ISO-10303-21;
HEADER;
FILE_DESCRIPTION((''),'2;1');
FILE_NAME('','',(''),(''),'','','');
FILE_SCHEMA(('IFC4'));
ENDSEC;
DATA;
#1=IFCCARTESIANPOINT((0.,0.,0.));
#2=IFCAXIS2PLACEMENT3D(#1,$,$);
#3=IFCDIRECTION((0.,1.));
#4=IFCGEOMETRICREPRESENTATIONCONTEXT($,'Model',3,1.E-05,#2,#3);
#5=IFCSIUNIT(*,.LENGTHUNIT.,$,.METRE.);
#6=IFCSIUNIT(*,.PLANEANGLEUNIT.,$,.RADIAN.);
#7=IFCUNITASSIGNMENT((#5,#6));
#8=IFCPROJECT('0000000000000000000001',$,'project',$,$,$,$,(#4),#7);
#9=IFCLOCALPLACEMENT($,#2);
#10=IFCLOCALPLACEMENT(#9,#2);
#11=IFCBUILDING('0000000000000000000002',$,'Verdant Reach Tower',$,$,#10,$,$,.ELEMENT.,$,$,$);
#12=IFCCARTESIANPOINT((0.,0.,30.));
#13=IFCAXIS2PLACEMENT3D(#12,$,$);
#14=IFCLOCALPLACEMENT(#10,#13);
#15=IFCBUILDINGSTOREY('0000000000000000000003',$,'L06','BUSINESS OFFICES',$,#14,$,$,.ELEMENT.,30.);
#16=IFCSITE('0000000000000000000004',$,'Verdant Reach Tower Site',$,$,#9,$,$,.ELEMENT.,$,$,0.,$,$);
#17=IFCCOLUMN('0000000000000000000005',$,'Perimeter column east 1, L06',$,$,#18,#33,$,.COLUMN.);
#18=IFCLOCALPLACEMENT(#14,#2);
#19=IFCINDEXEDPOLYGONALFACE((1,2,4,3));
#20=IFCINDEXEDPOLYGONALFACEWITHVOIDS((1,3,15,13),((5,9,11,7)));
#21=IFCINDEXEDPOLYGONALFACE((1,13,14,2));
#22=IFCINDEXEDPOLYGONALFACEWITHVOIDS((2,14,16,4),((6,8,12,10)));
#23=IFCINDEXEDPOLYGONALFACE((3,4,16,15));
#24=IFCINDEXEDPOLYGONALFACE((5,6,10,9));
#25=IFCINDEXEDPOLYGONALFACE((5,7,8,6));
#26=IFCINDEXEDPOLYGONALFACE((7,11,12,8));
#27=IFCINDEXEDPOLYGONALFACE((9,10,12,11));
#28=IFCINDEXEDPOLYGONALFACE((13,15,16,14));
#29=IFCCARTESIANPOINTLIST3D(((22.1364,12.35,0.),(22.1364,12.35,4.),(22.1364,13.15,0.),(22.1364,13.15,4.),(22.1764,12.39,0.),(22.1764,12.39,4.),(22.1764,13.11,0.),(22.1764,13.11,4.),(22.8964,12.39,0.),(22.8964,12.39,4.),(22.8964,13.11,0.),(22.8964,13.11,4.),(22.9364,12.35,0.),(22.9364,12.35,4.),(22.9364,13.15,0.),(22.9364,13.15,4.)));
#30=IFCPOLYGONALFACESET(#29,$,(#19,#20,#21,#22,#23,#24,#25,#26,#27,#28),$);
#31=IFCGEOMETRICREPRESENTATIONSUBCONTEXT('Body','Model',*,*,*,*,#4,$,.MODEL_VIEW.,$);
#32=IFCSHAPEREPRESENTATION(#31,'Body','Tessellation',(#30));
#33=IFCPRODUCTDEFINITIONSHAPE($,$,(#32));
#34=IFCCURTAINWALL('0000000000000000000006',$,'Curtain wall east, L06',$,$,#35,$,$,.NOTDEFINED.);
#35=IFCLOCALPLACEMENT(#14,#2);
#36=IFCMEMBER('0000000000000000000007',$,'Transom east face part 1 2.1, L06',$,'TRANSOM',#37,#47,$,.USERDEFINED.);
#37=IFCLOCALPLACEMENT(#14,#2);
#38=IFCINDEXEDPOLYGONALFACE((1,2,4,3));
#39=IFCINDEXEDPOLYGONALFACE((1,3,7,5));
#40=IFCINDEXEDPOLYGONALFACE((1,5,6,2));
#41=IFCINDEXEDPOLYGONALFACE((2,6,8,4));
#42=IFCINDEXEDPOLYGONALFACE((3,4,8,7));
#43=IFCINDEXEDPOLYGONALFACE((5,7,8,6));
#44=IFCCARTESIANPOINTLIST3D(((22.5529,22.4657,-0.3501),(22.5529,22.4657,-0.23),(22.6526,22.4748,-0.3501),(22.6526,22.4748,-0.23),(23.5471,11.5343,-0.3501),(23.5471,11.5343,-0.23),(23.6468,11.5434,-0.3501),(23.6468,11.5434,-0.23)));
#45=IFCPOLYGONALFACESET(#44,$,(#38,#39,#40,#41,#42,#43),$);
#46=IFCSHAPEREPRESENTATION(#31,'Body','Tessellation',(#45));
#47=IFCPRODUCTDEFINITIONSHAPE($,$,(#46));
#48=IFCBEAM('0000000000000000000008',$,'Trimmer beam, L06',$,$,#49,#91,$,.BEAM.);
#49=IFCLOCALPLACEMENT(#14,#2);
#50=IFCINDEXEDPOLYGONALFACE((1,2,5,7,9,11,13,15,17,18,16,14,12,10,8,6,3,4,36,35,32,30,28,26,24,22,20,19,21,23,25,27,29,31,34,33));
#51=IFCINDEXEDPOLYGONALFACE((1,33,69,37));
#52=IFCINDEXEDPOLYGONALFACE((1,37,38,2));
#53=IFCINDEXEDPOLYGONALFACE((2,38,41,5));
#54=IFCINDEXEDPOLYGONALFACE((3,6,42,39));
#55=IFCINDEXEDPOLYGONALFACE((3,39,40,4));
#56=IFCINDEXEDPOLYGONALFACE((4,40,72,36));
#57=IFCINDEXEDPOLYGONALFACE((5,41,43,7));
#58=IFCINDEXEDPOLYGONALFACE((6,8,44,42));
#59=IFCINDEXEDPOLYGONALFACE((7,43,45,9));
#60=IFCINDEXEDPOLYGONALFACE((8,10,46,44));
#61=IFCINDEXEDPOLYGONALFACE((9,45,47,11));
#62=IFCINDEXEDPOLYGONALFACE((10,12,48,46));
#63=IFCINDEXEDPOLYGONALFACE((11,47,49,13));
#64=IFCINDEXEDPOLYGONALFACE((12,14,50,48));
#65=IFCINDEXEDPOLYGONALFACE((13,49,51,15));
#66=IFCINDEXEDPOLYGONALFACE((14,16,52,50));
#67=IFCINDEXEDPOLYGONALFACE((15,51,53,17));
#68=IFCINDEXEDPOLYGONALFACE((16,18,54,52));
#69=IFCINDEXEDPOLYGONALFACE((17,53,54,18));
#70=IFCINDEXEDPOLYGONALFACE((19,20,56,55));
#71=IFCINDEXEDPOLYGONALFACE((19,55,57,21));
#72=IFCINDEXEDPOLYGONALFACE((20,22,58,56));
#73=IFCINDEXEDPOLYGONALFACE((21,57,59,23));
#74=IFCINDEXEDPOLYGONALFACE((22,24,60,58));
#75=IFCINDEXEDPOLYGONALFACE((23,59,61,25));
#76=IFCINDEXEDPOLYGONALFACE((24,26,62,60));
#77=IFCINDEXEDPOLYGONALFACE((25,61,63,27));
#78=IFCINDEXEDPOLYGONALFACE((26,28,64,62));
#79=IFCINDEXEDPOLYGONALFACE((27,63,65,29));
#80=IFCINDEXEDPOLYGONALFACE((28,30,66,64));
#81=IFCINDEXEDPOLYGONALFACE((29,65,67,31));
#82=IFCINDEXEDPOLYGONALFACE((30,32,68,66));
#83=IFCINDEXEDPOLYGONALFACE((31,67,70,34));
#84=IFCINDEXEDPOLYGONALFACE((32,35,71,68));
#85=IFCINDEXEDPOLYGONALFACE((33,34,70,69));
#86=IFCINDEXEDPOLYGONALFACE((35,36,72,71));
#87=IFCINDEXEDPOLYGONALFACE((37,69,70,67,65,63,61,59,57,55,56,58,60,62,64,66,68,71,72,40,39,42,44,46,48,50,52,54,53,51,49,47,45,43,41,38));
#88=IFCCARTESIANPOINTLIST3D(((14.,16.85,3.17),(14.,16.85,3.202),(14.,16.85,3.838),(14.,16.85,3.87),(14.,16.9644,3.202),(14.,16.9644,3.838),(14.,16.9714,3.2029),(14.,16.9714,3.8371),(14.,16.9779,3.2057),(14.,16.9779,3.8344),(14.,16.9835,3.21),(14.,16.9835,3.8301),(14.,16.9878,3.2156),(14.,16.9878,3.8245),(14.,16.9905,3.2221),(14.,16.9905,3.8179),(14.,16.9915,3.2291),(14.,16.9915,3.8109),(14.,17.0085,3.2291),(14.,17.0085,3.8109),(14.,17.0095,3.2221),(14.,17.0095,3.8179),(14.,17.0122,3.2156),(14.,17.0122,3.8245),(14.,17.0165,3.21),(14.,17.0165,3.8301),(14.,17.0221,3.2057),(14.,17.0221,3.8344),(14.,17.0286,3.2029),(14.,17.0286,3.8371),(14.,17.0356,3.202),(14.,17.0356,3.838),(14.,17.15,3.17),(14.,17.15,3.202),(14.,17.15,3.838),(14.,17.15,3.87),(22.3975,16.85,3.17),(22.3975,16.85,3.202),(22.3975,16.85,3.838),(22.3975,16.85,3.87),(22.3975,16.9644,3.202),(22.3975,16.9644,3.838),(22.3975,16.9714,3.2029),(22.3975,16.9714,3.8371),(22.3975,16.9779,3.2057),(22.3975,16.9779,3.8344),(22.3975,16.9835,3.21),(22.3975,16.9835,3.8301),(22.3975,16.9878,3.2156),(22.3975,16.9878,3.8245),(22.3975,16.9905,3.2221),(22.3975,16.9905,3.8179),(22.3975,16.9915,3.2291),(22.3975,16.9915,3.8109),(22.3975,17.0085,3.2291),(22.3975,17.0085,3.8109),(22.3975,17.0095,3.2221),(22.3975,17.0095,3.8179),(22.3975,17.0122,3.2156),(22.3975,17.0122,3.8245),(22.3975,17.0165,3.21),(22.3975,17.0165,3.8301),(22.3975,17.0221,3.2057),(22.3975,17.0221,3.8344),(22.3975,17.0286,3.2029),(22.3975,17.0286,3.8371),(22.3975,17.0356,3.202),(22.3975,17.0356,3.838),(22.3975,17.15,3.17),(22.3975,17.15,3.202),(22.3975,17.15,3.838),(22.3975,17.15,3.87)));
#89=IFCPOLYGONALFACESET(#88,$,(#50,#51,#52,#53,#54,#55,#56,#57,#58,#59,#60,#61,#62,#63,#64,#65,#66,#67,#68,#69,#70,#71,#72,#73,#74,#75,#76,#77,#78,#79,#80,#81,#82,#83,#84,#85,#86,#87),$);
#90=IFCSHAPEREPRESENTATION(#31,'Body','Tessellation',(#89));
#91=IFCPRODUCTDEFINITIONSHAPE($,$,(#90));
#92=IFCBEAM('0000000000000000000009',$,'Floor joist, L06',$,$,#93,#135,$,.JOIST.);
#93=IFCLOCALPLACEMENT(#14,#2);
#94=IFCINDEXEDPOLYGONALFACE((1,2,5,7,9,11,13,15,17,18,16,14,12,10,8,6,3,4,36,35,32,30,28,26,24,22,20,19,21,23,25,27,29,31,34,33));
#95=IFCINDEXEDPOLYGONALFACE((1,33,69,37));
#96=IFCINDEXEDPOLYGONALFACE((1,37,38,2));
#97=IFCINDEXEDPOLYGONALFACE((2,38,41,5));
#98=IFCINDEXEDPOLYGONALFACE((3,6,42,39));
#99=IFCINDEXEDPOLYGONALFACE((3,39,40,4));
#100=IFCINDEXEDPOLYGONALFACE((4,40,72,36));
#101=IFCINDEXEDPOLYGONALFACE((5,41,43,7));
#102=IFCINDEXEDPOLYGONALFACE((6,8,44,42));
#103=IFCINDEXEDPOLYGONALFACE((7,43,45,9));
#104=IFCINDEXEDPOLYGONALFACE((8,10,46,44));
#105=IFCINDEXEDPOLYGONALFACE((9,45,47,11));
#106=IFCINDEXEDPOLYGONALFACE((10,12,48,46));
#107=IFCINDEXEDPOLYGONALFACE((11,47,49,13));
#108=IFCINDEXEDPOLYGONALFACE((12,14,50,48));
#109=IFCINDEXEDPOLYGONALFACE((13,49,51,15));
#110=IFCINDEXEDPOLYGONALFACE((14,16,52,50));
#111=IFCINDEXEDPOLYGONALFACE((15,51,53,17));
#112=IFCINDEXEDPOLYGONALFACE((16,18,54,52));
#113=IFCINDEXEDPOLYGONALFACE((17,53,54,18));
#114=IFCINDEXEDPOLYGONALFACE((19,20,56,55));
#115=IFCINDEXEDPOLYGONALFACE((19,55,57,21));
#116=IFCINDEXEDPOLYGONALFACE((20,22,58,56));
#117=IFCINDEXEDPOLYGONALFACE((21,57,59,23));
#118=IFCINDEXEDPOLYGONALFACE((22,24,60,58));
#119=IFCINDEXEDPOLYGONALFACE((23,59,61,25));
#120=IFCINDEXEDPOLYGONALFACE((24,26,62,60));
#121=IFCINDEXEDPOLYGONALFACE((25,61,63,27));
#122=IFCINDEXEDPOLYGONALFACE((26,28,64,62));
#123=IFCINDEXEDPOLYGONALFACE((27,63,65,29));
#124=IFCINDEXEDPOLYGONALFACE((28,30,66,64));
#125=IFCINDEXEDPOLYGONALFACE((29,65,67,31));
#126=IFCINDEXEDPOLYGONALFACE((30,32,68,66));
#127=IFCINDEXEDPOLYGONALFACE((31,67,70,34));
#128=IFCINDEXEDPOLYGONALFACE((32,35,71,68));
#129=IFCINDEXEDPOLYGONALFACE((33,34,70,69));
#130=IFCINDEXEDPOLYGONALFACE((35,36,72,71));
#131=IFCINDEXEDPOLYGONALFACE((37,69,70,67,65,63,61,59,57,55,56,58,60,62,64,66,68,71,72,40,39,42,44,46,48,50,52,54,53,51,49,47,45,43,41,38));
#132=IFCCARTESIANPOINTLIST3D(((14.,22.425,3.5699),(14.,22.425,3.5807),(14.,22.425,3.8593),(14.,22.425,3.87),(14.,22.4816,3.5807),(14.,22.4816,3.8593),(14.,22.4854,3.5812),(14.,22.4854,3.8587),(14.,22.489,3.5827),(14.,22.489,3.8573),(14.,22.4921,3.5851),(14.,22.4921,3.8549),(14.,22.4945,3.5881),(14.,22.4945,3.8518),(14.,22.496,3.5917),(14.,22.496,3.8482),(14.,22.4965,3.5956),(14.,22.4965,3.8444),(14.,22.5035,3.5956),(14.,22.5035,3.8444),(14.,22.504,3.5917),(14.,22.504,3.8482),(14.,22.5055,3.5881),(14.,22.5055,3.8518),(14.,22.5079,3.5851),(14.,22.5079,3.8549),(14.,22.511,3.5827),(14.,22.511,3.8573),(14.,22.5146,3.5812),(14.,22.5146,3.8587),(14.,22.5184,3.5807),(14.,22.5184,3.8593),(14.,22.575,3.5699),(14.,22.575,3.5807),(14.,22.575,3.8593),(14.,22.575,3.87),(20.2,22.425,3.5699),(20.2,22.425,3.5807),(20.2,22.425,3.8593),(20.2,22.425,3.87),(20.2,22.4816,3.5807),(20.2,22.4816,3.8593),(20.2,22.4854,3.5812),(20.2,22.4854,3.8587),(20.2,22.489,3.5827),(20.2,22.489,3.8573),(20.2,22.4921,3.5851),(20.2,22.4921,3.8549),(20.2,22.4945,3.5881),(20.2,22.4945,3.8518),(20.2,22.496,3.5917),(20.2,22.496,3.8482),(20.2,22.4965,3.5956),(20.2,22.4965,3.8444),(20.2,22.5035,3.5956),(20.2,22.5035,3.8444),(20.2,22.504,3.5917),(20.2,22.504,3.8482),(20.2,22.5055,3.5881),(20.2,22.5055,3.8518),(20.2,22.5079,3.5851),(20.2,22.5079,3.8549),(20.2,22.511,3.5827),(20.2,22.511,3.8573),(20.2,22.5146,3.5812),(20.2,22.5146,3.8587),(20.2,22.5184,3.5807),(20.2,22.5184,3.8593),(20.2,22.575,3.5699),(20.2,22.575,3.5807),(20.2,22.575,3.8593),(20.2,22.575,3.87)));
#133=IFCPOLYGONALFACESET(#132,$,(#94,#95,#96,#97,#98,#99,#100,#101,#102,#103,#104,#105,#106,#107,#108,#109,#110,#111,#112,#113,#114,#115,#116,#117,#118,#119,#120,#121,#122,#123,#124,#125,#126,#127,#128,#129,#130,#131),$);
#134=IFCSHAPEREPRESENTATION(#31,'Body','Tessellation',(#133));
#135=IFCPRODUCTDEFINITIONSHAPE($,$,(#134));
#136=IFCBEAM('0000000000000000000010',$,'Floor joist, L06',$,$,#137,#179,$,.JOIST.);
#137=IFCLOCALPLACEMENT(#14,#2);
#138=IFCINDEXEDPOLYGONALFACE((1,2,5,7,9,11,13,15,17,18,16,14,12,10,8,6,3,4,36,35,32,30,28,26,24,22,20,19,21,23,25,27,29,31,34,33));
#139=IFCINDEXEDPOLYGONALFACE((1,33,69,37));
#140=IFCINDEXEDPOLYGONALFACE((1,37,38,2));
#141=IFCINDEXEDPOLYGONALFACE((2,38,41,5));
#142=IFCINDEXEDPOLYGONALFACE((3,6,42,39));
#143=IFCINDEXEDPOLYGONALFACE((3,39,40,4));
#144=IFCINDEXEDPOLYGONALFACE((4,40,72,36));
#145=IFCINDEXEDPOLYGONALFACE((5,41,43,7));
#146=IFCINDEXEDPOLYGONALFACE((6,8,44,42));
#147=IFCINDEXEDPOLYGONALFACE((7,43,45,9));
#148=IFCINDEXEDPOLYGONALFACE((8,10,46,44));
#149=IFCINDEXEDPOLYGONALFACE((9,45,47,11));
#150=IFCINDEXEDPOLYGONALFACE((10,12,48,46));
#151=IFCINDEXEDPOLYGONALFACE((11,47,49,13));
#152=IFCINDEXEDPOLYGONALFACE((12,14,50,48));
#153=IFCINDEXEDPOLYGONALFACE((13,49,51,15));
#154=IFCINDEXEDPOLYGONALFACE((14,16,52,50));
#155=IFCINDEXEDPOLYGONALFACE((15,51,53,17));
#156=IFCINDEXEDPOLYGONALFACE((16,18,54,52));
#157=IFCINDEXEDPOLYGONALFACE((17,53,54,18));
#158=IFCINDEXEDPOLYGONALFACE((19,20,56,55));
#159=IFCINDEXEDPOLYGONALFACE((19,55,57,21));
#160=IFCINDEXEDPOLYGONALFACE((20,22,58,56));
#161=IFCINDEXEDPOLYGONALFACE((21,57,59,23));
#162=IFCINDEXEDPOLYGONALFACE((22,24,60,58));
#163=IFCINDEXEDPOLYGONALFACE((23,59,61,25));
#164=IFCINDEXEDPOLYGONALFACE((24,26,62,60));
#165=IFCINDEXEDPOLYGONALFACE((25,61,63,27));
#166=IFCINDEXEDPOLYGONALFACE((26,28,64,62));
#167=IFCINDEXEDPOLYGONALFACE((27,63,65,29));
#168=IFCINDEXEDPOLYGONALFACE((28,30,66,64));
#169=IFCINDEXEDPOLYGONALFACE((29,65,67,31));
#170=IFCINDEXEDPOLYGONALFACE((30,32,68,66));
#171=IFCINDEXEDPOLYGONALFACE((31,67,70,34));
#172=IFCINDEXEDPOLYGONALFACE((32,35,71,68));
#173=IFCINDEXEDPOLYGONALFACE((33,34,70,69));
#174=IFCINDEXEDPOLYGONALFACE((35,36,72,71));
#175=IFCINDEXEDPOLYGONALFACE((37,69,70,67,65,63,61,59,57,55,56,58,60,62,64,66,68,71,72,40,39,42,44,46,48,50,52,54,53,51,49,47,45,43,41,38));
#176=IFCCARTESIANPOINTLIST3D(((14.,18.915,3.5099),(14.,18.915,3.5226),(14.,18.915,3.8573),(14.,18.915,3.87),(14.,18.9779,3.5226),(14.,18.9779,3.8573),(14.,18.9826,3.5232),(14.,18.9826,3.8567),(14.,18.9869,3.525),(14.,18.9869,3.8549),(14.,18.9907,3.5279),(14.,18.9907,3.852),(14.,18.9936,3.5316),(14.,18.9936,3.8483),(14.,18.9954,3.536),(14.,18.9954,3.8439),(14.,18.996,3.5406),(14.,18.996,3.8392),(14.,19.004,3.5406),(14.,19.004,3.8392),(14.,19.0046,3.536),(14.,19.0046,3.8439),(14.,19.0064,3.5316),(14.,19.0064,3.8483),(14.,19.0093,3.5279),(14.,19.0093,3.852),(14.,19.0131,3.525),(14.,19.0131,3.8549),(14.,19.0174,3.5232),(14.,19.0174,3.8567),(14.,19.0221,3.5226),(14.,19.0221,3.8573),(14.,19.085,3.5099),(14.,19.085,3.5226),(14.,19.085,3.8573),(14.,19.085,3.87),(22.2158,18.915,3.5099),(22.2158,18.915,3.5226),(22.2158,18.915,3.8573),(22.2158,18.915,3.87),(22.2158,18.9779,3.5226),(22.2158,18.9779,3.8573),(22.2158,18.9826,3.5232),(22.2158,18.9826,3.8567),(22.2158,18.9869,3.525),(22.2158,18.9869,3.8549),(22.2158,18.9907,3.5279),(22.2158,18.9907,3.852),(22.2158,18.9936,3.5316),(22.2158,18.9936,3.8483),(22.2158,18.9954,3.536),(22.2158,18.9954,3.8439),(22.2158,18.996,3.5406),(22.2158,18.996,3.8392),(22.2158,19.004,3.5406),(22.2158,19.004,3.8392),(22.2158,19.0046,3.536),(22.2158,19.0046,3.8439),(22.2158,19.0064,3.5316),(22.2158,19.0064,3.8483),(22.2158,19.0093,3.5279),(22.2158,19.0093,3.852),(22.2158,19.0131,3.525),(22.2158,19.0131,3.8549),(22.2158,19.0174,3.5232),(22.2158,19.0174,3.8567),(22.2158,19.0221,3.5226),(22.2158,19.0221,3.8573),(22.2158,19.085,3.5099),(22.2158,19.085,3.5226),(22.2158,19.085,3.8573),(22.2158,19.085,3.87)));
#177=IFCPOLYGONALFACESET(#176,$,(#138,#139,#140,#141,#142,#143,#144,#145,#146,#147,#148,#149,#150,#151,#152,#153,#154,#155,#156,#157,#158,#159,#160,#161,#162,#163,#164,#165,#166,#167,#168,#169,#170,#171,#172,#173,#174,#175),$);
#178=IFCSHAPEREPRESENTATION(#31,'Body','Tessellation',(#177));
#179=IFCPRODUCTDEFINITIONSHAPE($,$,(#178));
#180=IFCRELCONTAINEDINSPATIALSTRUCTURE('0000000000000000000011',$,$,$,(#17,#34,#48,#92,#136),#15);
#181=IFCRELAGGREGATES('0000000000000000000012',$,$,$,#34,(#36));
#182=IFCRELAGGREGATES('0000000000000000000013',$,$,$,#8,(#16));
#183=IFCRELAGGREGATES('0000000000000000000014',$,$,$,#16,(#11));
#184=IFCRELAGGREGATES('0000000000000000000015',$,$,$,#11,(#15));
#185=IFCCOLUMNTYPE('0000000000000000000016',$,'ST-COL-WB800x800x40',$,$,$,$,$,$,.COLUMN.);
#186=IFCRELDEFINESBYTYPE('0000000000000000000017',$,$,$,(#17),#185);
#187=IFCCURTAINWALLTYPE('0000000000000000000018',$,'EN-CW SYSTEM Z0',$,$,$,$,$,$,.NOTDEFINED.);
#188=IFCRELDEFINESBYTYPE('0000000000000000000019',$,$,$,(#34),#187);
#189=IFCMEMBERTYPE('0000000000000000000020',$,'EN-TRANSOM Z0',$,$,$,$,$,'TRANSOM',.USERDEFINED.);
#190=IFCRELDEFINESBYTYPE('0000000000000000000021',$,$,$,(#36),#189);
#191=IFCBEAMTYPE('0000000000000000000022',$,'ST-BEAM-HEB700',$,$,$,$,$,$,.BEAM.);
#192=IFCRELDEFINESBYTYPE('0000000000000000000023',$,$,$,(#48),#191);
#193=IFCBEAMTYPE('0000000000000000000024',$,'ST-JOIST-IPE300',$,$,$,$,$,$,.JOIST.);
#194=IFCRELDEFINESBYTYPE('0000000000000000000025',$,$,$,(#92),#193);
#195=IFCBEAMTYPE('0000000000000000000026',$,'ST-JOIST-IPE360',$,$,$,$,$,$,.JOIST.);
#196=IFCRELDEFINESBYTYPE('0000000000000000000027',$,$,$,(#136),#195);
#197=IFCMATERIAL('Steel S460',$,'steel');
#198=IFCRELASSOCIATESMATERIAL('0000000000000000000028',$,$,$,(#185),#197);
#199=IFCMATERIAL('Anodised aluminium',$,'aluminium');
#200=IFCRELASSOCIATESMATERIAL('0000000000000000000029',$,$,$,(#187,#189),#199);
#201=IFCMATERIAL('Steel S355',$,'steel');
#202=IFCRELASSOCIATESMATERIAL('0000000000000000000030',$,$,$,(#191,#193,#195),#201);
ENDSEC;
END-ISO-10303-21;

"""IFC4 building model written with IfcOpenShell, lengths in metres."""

from ifc_helpers import new_model, si_unit, direction, frame, origin, origin_2d, place, context, subcontext, project, spatial, rectangle, hollow_rectangle, i_section, extrude, material, material_profile, profile_set, type_object, element, aggregate, save


model = new_model("IFC4")

# Units and contexts
model_context = context("Model", 3, precision=1e-05, world=origin(), true_north=direction((0.0, 1.0)))
body_context = subcontext(model_context, "Body", "Model", "MODEL_VIEW")
ifc_project = project(units=[si_unit("LENGTHUNIT", "METRE"), si_unit("PLANEANGLEUNIT", "RADIAN")], contexts=[model_context])

# Site, building, storey
site_placement = place(None, origin())
site = spatial("IfcSite", under=ifc_project, at=site_placement, Name="Verdant Reach Tower Site", CompositionType="ELEMENT", RefElevation=0.0)
building_placement = place(site_placement, origin())
building = spatial("IfcBuilding", under=site, at=building_placement, Name="Verdant Reach Tower", CompositionType="ELEMENT")
storey_placement = place(building_placement, frame((0.0, 0.0, 30.0)))
storey = spatial("IfcBuildingStorey", under=building, at=storey_placement, Name="L06", Description="BUSINESS OFFICES", CompositionType="ELEMENT", Elevation=30.0)

# Column
ifc_material_1 = material(Name="Steel S460", Category="steel")
ifc_material_profile_1 = material_profile(ifc_material_1, hollow_rectangle(XDim=0.8, YDim=0.8, WallThickness=0.04, at=origin_2d()), Name="WB 800x800x40")
ifc_profile_set_1 = profile_set([ifc_material_profile_1], Name="Steel S460")
column_type = type_object("IfcColumnType", Name="ST-COL-WB800x800x40", PredefinedType="COLUMN", material=ifc_profile_set_1)
column_placement = place(storey_placement, frame((22.5364, 12.75, 0.0), z_axis=(0.0, 0.0, 1.0), x_axis=(1.0, 0.0, 0.0)))
element("IfcColumn", 1, at=column_placement, inside=storey, type_object=column_type, Name="Perimeter column east 1, L06", PredefinedType="COLUMN", context=body_context, shape_type="SweptSolid", body=[
    extrude(hollow_rectangle(XDim=0.8, YDim=0.8, WallThickness=0.04, at=origin_2d()), origin(), (0.0, 0.0, 1.0), 4.0),
])

# Curtain wall, member
ifc_material_2 = material(Name="Anodised aluminium", Category="aluminium")
curtain_wall_type = type_object("IfcCurtainWallType", Name="EN-CW SYSTEM Z0", PredefinedType="NOTDEFINED", material=ifc_material_2)
curtain_wall_placement = place(storey_placement, origin())
curtain_wall = element("IfcCurtainWall", 2, at=curtain_wall_placement, inside=storey, type_object=curtain_wall_type, Name="Curtain wall east, L06", PredefinedType="NOTDEFINED")
ifc_material_profile_2 = material_profile(ifc_material_2, rectangle(XDim=0.1001, YDim=0.1201, at=origin_2d()), Name="Transom 120x100")
ifc_profile_set_2 = profile_set([ifc_material_profile_2], Name="Anodised aluminium")
member_type = type_object("IfcMemberType", Name="EN-TRANSOM Z0", ElementType="TRANSOM", PredefinedType="USERDEFINED", material=ifc_profile_set_2)
member_placement = place(storey_placement, frame((23.5969, 11.5388, -0.29), z_axis=(-0.09057, 0.99589, 0.0), x_axis=(-0.99589, -0.09057, 0.0)))
member = element("IfcMember", 3, at=member_placement, type_object=member_type, Name="Transom east face part 1 2.1, L06", ObjectType="TRANSOM", PredefinedType="USERDEFINED", context=body_context, shape_type="SweptSolid", body=[
    extrude(rectangle(XDim=0.1001, YDim=0.1201, at=origin_2d()), origin(), (0.0, 0.0, 1.0), 10.9766),
])

# Beams
ifc_material_3 = material(Name="Steel S355", Category="steel")
ifc_material_profile_3 = material_profile(ifc_material_3, i_section(OverallWidth=0.3, OverallDepth=0.7, WebThickness=0.0171, FlangeThickness=0.032, FilletRadius=0.0271, at=origin_2d()), Name="HEB 700")
ifc_profile_set_3 = profile_set([ifc_material_profile_3], Name="Steel S355")
beam_type_1 = type_object("IfcBeamType", Name="ST-BEAM-HEB700", PredefinedType="BEAM", material=ifc_profile_set_3)
beam_1_placement = place(storey_placement, frame((14.0, 17.0, 3.52), z_axis=(1.0, 0.0, 0.0), x_axis=(0.0, 1.0, 0.0)))
element("IfcBeam", 4, at=beam_1_placement, inside=storey, type_object=beam_type_1, Name="Trimmer beam, L06", PredefinedType="BEAM", context=body_context, shape_type="SweptSolid", body=[
    extrude(i_section(OverallWidth=0.3, OverallDepth=0.7, WebThickness=0.0171, FlangeThickness=0.032, FilletRadius=0.0271, at=origin_2d()), origin(), (0.0, 0.0, 1.0), 8.3975),
])
ifc_material_profile_4 = material_profile(ifc_material_3, i_section(OverallWidth=0.1499, OverallDepth=0.3, WebThickness=0.0071, FlangeThickness=0.0107, FilletRadius=0.0149, at=origin_2d()), Name="IPE 300")
ifc_profile_set_4 = profile_set([ifc_material_profile_4], Name="Steel S355")
beam_type_2 = type_object("IfcBeamType", Name="ST-JOIST-IPE300", PredefinedType="JOIST", material=ifc_profile_set_4)
beam_2_placement = place(storey_placement, frame((14.0, 22.5, 3.72), z_axis=(1.0, 0.0, 0.0), x_axis=(0.0, 1.0, 0.0)))
element("IfcBeam", 5, at=beam_2_placement, inside=storey, type_object=beam_type_2, Name="Floor joist, L06", PredefinedType="JOIST", context=body_context, shape_type="SweptSolid", body=[
    extrude(i_section(OverallWidth=0.1499, OverallDepth=0.3, WebThickness=0.0071, FlangeThickness=0.0107, FilletRadius=0.0149, at=origin_2d()), origin(), (0.0, 0.0, 1.0), 6.2),
])
ifc_material_profile_5 = material_profile(ifc_material_3, i_section(OverallWidth=0.1699, OverallDepth=0.3601, WebThickness=0.0081, FlangeThickness=0.0127, FilletRadius=0.0181, at=origin_2d()), Name="IPE 360")
ifc_profile_set_5 = profile_set([ifc_material_profile_5], Name="Steel S355")
beam_type_3 = type_object("IfcBeamType", Name="ST-JOIST-IPE360", PredefinedType="JOIST", material=ifc_profile_set_5)
beam_3_placement = place(storey_placement, frame((14.0, 19.0, 3.6899), z_axis=(1.0, 0.0, 0.0), x_axis=(0.0, 1.0, 0.0)))
element("IfcBeam", 6, at=beam_3_placement, inside=storey, type_object=beam_type_3, Name="Floor joist, L06", PredefinedType="JOIST", context=body_context, shape_type="SweptSolid", body=[
    extrude(i_section(OverallWidth=0.1699, OverallDepth=0.3601, WebThickness=0.0081, FlangeThickness=0.0127, FilletRadius=0.0181, at=origin_2d()), origin(), (0.0, 0.0, 1.0), 8.2158),
])

aggregate(curtain_wall, [member])

save(model, "model.ifc")
